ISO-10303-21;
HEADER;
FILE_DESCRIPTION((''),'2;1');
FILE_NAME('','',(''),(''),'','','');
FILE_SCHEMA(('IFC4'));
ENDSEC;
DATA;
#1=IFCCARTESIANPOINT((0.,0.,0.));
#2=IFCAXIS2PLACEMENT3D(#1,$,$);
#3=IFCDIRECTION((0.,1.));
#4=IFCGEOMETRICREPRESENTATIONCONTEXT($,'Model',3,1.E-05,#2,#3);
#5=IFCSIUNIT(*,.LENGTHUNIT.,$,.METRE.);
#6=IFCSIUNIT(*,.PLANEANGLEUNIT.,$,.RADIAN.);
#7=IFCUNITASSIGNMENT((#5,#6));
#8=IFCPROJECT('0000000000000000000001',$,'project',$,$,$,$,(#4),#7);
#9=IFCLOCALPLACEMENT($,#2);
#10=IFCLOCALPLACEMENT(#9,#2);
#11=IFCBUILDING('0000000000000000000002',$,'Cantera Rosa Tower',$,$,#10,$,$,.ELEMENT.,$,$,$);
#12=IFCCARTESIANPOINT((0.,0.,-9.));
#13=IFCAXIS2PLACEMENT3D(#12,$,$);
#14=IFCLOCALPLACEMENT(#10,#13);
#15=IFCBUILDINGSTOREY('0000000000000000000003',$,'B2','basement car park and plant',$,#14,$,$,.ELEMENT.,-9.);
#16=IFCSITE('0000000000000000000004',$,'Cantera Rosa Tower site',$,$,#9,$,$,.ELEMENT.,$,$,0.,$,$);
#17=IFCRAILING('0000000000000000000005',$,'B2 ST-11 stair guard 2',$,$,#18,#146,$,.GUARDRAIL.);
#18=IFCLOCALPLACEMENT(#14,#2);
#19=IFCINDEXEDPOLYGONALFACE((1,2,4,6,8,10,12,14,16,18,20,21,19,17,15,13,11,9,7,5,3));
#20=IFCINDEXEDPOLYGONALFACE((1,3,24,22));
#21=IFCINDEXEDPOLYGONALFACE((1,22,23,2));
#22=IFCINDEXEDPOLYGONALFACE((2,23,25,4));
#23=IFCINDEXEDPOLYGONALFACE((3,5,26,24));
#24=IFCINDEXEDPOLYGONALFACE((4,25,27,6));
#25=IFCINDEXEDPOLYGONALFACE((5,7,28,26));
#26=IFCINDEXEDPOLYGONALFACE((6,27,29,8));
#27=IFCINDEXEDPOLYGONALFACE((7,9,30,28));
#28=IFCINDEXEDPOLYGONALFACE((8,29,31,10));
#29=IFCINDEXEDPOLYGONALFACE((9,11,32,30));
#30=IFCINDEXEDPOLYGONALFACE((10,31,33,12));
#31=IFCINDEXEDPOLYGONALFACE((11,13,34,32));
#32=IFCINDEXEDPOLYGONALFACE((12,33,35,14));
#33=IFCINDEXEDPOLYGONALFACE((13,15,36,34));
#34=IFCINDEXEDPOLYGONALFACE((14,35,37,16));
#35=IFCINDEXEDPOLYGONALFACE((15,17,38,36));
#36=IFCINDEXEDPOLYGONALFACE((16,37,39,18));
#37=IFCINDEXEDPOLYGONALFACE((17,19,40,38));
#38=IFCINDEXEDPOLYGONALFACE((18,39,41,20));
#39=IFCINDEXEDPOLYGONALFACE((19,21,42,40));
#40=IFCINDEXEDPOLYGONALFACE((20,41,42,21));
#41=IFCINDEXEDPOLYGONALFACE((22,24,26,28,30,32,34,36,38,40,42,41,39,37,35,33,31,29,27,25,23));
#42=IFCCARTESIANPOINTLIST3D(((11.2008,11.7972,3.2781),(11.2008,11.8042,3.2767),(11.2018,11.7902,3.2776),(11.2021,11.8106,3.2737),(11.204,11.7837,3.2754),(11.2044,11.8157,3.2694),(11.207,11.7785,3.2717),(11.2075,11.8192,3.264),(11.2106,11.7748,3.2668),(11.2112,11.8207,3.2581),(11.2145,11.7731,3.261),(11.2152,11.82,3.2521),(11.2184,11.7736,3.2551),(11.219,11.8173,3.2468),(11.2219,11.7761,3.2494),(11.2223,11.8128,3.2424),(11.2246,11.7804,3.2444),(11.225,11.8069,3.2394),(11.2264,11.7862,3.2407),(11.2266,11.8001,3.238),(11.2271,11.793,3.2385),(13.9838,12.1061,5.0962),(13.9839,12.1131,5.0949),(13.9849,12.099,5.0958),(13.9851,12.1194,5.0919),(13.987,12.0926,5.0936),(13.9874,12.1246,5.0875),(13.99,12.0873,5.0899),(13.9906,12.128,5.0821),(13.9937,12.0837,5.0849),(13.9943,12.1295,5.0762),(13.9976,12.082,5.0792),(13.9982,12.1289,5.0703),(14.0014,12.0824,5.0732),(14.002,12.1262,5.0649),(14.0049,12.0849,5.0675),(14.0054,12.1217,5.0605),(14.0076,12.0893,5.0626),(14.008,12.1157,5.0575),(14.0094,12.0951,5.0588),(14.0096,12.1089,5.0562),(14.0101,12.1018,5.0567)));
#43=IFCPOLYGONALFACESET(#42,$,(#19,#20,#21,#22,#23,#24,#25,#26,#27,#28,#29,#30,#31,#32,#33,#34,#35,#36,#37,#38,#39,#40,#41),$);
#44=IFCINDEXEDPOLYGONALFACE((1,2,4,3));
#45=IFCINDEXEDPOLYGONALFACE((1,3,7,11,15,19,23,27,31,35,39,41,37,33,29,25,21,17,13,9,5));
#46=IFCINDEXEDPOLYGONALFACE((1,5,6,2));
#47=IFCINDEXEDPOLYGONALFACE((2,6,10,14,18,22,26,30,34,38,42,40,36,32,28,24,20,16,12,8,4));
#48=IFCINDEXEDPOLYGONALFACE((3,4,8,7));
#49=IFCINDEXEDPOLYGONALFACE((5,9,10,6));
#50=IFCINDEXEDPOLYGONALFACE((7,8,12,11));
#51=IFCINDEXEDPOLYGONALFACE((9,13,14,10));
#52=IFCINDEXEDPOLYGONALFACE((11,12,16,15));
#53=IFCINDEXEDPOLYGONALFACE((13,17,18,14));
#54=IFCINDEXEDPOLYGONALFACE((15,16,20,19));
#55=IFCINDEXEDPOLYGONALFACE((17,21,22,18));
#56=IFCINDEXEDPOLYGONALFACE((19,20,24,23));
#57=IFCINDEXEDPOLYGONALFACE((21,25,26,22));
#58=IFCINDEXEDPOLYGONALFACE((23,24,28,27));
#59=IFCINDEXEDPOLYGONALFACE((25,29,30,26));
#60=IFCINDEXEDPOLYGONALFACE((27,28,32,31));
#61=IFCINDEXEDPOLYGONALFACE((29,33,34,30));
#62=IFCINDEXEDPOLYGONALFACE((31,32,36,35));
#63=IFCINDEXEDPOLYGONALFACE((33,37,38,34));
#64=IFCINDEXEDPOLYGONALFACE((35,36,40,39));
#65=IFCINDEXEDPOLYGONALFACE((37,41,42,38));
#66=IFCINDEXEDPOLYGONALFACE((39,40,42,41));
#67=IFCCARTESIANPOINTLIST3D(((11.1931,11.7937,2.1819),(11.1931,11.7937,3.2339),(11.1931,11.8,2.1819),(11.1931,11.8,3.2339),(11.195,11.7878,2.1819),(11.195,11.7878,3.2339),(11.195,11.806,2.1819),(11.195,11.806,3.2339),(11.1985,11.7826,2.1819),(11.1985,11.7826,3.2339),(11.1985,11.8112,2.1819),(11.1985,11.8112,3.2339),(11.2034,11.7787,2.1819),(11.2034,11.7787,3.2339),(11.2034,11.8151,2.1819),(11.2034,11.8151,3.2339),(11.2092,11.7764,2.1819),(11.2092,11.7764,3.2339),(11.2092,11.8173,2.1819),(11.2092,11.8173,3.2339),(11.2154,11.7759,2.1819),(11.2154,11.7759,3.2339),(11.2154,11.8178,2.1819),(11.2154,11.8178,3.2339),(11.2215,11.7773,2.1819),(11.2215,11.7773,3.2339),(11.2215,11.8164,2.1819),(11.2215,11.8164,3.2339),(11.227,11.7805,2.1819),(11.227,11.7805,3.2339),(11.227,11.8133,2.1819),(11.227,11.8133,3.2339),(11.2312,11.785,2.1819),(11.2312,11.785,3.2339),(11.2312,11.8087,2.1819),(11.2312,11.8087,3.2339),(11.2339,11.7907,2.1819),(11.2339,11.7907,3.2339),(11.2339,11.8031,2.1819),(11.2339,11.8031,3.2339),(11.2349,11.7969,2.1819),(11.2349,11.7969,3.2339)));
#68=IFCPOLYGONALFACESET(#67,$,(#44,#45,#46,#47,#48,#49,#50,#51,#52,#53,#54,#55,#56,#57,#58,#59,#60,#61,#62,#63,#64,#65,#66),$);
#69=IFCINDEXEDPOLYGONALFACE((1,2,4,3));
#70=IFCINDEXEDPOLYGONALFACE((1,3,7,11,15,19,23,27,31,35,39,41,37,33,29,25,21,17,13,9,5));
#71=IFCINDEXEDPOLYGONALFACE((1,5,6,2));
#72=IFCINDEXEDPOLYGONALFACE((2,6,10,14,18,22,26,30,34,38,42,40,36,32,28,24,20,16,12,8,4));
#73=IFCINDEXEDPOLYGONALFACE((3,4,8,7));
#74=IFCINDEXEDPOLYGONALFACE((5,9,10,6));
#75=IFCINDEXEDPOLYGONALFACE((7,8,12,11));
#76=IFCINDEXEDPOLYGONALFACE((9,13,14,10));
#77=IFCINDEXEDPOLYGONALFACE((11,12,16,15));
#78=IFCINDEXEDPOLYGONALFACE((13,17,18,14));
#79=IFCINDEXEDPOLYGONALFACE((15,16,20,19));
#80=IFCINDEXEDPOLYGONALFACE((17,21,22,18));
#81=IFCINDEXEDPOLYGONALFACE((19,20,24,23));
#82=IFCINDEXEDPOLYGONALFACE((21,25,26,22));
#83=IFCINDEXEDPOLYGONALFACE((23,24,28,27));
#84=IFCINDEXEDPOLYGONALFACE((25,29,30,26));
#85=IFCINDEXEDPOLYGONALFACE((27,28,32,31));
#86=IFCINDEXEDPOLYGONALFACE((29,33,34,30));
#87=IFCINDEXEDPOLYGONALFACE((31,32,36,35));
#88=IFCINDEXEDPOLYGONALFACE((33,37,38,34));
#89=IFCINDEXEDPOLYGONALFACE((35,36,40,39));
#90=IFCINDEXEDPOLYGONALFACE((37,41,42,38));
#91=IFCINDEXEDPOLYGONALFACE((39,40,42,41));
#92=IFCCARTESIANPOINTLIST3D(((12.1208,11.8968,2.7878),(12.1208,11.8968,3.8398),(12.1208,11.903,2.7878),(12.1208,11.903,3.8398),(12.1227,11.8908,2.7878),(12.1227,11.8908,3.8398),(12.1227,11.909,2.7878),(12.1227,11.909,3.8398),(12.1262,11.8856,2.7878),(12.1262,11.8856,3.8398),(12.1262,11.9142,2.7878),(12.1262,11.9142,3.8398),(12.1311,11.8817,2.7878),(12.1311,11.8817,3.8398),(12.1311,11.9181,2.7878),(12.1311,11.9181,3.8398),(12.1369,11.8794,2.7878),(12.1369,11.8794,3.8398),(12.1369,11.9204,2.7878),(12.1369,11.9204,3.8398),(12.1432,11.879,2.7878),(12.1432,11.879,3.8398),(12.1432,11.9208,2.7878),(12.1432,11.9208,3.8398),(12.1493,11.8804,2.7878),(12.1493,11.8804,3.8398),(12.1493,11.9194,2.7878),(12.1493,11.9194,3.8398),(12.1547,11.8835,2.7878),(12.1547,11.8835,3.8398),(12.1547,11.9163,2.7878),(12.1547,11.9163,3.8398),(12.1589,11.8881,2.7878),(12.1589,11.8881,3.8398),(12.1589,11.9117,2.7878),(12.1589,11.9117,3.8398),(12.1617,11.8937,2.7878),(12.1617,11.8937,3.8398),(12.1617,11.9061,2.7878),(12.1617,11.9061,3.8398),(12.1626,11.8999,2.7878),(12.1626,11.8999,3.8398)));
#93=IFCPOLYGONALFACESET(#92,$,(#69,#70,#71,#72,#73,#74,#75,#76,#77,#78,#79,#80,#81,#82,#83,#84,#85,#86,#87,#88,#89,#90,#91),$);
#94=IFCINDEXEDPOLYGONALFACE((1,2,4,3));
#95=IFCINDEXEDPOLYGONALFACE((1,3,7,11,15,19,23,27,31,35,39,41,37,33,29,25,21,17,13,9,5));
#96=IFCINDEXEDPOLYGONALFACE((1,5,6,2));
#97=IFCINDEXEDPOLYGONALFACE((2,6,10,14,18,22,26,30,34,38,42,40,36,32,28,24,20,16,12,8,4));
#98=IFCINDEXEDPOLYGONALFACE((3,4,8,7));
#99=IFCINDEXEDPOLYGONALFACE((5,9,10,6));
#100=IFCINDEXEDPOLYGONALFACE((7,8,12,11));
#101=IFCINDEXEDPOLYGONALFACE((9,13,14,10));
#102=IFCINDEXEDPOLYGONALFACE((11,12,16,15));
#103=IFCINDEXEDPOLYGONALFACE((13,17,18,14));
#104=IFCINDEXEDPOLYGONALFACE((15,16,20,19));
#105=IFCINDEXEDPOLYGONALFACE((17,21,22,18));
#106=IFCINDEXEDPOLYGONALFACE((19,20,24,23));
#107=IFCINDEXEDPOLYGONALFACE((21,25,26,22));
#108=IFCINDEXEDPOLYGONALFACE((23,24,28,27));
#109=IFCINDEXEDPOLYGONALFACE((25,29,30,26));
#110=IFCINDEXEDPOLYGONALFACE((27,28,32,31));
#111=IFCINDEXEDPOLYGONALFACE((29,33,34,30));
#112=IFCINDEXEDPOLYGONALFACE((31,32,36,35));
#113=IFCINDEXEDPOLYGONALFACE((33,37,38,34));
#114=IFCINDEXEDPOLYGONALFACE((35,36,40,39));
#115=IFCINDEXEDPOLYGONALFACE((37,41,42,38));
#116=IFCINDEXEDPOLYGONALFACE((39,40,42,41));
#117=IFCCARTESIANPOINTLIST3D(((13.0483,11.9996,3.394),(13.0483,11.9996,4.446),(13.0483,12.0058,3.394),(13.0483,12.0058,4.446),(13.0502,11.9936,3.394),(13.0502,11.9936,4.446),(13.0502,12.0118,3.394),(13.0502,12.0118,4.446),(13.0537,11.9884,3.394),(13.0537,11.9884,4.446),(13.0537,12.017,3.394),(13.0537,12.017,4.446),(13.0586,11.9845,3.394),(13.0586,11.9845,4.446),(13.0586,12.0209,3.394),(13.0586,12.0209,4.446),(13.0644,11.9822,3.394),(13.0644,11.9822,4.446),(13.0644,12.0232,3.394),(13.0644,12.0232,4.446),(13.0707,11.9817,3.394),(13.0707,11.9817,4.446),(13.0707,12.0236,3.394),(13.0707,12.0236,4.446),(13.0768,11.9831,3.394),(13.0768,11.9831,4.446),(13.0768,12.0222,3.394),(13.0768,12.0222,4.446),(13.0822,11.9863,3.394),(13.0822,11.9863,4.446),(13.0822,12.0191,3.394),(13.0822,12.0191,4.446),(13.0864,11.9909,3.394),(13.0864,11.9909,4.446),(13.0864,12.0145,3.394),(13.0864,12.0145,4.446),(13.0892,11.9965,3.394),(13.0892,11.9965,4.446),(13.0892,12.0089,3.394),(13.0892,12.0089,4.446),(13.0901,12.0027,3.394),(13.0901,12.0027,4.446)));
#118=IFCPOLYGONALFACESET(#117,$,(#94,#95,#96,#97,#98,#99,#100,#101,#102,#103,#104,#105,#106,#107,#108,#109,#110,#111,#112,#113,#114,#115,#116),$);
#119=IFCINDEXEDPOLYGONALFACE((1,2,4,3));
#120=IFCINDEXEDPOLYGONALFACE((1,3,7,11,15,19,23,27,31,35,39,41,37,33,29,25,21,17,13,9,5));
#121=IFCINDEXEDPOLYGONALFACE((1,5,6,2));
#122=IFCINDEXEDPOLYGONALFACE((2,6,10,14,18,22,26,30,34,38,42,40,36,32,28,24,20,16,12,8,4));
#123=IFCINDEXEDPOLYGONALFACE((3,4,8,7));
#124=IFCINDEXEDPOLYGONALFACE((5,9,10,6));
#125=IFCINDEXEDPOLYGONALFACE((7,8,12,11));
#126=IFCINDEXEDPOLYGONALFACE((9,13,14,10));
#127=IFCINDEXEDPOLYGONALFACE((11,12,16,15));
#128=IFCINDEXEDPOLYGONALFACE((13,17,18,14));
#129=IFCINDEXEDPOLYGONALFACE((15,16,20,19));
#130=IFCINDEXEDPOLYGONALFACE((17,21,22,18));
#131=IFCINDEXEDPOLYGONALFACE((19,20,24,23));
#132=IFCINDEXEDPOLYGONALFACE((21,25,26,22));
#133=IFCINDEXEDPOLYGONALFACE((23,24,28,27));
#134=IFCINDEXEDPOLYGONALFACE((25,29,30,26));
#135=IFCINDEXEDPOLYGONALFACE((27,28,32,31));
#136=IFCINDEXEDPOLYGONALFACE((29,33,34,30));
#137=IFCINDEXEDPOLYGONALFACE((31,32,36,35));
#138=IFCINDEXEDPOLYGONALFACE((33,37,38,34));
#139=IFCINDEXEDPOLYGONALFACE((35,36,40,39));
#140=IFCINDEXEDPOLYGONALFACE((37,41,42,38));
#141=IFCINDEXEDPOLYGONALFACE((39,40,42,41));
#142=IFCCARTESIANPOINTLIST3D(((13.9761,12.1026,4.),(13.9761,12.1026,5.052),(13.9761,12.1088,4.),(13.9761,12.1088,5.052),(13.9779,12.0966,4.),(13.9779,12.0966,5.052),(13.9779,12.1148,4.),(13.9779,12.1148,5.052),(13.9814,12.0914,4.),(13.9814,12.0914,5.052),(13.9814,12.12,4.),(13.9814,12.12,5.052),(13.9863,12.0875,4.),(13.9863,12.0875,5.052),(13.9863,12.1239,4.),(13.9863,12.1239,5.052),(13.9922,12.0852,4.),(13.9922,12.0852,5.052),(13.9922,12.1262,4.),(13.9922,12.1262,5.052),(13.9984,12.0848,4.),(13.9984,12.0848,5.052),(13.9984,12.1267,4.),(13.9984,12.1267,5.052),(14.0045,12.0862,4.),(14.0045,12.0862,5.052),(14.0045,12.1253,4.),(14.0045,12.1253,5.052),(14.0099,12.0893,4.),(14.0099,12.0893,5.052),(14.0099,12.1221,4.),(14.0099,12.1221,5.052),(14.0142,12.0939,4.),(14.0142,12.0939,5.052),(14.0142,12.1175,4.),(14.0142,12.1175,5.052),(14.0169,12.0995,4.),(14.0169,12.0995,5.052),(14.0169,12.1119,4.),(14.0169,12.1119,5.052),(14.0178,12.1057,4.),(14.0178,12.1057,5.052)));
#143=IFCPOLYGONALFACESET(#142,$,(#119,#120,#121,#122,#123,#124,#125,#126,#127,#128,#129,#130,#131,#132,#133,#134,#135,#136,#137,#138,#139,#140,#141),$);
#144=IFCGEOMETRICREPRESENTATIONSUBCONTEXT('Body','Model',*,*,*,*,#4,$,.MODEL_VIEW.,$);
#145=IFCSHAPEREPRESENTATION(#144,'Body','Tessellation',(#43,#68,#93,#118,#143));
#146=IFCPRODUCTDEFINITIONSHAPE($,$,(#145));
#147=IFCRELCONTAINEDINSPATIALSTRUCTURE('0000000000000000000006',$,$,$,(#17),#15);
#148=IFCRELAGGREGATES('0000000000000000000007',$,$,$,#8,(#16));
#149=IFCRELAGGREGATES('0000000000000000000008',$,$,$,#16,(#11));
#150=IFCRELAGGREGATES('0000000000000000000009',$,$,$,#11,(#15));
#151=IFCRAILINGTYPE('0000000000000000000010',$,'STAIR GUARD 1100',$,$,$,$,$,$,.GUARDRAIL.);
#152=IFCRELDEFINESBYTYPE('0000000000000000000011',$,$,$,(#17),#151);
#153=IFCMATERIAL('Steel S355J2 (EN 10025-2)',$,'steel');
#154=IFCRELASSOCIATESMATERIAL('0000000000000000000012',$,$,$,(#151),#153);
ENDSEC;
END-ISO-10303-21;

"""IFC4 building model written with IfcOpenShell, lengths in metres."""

from ifc_helpers import new_model, si_unit, direction, frame, origin, origin_2d, place, context, subcontext, project, spatial, circle, extrude, material, type_object, element, save


model = new_model("IFC4")

# Units and contexts
model_context = context("Model", 3, precision=1e-05, world=origin(), true_north=direction((0.0, 1.0)))
body_context = subcontext(model_context, "Body", "Model", "MODEL_VIEW")
ifc_project = project(units=[si_unit("LENGTHUNIT", "METRE"), si_unit("PLANEANGLEUNIT", "RADIAN")], contexts=[model_context])

# Site, building, storey
site_placement = place(None, origin())
site = spatial("IfcSite", under=ifc_project, at=site_placement, Name="Cantera Rosa Tower site", CompositionType="ELEMENT", RefElevation=0.0)
building_placement = place(site_placement, origin())
building = spatial("IfcBuilding", under=site, at=building_placement, Name="Cantera Rosa Tower", CompositionType="ELEMENT")
storey_placement = place(building_placement, frame((0.0, 0.0, -9.0)))
storey = spatial("IfcBuildingStorey", under=building, at=storey_placement, Name="B2", Description="basement car park and plant", CompositionType="ELEMENT", Elevation=-9.0)

# Railing
ifc_material_1 = material(Name="Steel S355J2 (EN 10025-2)", Category="steel")
railing_type_1 = type_object("IfcRailingType", Name="STAIR GUARD 1100", PredefinedType="GUARDRAIL", material=ifc_material_1)
railing_1_placement = place(storey_placement, frame((11.2139, 11.7969, 2.1819)))
element("IfcRailing", 1, at=railing_1_placement, inside=storey, type_object=railing_type_1, Name="B2 ST-11 stair guard 2", PredefinedType="GUARDRAIL", context=body_context, shape_type="SweptSolid", body=[
    extrude(circle(Radius=0.0239, at=origin_2d()), frame((0.0, 0.0, 1.0762), z_axis=(0.833588, 0.092507, 0.544586), x_axis=(-0.110298, 0.993899, 0.0)), (0.0, 0.0, 1.0), 3.3386),
    extrude(circle(Radius=0.021, at=origin_2d()), origin(), (0.0, 0.0, 1.0), 1.052),
    extrude(circle(Radius=0.021, at=origin_2d()), frame((0.9277, 0.103, 0.606)), (0.0, 0.0, 1.0), 1.052),
    extrude(circle(Radius=0.021, at=origin_2d()), frame((1.8552, 0.2058, 1.2122)), (0.0, 0.0, 1.0), 1.052),
    extrude(circle(Radius=0.021, at=origin_2d()), frame((2.783, 0.3088, 1.8181)), (0.0, 0.0, 1.0), 1.052),
])

save(model, "model.ifc")
